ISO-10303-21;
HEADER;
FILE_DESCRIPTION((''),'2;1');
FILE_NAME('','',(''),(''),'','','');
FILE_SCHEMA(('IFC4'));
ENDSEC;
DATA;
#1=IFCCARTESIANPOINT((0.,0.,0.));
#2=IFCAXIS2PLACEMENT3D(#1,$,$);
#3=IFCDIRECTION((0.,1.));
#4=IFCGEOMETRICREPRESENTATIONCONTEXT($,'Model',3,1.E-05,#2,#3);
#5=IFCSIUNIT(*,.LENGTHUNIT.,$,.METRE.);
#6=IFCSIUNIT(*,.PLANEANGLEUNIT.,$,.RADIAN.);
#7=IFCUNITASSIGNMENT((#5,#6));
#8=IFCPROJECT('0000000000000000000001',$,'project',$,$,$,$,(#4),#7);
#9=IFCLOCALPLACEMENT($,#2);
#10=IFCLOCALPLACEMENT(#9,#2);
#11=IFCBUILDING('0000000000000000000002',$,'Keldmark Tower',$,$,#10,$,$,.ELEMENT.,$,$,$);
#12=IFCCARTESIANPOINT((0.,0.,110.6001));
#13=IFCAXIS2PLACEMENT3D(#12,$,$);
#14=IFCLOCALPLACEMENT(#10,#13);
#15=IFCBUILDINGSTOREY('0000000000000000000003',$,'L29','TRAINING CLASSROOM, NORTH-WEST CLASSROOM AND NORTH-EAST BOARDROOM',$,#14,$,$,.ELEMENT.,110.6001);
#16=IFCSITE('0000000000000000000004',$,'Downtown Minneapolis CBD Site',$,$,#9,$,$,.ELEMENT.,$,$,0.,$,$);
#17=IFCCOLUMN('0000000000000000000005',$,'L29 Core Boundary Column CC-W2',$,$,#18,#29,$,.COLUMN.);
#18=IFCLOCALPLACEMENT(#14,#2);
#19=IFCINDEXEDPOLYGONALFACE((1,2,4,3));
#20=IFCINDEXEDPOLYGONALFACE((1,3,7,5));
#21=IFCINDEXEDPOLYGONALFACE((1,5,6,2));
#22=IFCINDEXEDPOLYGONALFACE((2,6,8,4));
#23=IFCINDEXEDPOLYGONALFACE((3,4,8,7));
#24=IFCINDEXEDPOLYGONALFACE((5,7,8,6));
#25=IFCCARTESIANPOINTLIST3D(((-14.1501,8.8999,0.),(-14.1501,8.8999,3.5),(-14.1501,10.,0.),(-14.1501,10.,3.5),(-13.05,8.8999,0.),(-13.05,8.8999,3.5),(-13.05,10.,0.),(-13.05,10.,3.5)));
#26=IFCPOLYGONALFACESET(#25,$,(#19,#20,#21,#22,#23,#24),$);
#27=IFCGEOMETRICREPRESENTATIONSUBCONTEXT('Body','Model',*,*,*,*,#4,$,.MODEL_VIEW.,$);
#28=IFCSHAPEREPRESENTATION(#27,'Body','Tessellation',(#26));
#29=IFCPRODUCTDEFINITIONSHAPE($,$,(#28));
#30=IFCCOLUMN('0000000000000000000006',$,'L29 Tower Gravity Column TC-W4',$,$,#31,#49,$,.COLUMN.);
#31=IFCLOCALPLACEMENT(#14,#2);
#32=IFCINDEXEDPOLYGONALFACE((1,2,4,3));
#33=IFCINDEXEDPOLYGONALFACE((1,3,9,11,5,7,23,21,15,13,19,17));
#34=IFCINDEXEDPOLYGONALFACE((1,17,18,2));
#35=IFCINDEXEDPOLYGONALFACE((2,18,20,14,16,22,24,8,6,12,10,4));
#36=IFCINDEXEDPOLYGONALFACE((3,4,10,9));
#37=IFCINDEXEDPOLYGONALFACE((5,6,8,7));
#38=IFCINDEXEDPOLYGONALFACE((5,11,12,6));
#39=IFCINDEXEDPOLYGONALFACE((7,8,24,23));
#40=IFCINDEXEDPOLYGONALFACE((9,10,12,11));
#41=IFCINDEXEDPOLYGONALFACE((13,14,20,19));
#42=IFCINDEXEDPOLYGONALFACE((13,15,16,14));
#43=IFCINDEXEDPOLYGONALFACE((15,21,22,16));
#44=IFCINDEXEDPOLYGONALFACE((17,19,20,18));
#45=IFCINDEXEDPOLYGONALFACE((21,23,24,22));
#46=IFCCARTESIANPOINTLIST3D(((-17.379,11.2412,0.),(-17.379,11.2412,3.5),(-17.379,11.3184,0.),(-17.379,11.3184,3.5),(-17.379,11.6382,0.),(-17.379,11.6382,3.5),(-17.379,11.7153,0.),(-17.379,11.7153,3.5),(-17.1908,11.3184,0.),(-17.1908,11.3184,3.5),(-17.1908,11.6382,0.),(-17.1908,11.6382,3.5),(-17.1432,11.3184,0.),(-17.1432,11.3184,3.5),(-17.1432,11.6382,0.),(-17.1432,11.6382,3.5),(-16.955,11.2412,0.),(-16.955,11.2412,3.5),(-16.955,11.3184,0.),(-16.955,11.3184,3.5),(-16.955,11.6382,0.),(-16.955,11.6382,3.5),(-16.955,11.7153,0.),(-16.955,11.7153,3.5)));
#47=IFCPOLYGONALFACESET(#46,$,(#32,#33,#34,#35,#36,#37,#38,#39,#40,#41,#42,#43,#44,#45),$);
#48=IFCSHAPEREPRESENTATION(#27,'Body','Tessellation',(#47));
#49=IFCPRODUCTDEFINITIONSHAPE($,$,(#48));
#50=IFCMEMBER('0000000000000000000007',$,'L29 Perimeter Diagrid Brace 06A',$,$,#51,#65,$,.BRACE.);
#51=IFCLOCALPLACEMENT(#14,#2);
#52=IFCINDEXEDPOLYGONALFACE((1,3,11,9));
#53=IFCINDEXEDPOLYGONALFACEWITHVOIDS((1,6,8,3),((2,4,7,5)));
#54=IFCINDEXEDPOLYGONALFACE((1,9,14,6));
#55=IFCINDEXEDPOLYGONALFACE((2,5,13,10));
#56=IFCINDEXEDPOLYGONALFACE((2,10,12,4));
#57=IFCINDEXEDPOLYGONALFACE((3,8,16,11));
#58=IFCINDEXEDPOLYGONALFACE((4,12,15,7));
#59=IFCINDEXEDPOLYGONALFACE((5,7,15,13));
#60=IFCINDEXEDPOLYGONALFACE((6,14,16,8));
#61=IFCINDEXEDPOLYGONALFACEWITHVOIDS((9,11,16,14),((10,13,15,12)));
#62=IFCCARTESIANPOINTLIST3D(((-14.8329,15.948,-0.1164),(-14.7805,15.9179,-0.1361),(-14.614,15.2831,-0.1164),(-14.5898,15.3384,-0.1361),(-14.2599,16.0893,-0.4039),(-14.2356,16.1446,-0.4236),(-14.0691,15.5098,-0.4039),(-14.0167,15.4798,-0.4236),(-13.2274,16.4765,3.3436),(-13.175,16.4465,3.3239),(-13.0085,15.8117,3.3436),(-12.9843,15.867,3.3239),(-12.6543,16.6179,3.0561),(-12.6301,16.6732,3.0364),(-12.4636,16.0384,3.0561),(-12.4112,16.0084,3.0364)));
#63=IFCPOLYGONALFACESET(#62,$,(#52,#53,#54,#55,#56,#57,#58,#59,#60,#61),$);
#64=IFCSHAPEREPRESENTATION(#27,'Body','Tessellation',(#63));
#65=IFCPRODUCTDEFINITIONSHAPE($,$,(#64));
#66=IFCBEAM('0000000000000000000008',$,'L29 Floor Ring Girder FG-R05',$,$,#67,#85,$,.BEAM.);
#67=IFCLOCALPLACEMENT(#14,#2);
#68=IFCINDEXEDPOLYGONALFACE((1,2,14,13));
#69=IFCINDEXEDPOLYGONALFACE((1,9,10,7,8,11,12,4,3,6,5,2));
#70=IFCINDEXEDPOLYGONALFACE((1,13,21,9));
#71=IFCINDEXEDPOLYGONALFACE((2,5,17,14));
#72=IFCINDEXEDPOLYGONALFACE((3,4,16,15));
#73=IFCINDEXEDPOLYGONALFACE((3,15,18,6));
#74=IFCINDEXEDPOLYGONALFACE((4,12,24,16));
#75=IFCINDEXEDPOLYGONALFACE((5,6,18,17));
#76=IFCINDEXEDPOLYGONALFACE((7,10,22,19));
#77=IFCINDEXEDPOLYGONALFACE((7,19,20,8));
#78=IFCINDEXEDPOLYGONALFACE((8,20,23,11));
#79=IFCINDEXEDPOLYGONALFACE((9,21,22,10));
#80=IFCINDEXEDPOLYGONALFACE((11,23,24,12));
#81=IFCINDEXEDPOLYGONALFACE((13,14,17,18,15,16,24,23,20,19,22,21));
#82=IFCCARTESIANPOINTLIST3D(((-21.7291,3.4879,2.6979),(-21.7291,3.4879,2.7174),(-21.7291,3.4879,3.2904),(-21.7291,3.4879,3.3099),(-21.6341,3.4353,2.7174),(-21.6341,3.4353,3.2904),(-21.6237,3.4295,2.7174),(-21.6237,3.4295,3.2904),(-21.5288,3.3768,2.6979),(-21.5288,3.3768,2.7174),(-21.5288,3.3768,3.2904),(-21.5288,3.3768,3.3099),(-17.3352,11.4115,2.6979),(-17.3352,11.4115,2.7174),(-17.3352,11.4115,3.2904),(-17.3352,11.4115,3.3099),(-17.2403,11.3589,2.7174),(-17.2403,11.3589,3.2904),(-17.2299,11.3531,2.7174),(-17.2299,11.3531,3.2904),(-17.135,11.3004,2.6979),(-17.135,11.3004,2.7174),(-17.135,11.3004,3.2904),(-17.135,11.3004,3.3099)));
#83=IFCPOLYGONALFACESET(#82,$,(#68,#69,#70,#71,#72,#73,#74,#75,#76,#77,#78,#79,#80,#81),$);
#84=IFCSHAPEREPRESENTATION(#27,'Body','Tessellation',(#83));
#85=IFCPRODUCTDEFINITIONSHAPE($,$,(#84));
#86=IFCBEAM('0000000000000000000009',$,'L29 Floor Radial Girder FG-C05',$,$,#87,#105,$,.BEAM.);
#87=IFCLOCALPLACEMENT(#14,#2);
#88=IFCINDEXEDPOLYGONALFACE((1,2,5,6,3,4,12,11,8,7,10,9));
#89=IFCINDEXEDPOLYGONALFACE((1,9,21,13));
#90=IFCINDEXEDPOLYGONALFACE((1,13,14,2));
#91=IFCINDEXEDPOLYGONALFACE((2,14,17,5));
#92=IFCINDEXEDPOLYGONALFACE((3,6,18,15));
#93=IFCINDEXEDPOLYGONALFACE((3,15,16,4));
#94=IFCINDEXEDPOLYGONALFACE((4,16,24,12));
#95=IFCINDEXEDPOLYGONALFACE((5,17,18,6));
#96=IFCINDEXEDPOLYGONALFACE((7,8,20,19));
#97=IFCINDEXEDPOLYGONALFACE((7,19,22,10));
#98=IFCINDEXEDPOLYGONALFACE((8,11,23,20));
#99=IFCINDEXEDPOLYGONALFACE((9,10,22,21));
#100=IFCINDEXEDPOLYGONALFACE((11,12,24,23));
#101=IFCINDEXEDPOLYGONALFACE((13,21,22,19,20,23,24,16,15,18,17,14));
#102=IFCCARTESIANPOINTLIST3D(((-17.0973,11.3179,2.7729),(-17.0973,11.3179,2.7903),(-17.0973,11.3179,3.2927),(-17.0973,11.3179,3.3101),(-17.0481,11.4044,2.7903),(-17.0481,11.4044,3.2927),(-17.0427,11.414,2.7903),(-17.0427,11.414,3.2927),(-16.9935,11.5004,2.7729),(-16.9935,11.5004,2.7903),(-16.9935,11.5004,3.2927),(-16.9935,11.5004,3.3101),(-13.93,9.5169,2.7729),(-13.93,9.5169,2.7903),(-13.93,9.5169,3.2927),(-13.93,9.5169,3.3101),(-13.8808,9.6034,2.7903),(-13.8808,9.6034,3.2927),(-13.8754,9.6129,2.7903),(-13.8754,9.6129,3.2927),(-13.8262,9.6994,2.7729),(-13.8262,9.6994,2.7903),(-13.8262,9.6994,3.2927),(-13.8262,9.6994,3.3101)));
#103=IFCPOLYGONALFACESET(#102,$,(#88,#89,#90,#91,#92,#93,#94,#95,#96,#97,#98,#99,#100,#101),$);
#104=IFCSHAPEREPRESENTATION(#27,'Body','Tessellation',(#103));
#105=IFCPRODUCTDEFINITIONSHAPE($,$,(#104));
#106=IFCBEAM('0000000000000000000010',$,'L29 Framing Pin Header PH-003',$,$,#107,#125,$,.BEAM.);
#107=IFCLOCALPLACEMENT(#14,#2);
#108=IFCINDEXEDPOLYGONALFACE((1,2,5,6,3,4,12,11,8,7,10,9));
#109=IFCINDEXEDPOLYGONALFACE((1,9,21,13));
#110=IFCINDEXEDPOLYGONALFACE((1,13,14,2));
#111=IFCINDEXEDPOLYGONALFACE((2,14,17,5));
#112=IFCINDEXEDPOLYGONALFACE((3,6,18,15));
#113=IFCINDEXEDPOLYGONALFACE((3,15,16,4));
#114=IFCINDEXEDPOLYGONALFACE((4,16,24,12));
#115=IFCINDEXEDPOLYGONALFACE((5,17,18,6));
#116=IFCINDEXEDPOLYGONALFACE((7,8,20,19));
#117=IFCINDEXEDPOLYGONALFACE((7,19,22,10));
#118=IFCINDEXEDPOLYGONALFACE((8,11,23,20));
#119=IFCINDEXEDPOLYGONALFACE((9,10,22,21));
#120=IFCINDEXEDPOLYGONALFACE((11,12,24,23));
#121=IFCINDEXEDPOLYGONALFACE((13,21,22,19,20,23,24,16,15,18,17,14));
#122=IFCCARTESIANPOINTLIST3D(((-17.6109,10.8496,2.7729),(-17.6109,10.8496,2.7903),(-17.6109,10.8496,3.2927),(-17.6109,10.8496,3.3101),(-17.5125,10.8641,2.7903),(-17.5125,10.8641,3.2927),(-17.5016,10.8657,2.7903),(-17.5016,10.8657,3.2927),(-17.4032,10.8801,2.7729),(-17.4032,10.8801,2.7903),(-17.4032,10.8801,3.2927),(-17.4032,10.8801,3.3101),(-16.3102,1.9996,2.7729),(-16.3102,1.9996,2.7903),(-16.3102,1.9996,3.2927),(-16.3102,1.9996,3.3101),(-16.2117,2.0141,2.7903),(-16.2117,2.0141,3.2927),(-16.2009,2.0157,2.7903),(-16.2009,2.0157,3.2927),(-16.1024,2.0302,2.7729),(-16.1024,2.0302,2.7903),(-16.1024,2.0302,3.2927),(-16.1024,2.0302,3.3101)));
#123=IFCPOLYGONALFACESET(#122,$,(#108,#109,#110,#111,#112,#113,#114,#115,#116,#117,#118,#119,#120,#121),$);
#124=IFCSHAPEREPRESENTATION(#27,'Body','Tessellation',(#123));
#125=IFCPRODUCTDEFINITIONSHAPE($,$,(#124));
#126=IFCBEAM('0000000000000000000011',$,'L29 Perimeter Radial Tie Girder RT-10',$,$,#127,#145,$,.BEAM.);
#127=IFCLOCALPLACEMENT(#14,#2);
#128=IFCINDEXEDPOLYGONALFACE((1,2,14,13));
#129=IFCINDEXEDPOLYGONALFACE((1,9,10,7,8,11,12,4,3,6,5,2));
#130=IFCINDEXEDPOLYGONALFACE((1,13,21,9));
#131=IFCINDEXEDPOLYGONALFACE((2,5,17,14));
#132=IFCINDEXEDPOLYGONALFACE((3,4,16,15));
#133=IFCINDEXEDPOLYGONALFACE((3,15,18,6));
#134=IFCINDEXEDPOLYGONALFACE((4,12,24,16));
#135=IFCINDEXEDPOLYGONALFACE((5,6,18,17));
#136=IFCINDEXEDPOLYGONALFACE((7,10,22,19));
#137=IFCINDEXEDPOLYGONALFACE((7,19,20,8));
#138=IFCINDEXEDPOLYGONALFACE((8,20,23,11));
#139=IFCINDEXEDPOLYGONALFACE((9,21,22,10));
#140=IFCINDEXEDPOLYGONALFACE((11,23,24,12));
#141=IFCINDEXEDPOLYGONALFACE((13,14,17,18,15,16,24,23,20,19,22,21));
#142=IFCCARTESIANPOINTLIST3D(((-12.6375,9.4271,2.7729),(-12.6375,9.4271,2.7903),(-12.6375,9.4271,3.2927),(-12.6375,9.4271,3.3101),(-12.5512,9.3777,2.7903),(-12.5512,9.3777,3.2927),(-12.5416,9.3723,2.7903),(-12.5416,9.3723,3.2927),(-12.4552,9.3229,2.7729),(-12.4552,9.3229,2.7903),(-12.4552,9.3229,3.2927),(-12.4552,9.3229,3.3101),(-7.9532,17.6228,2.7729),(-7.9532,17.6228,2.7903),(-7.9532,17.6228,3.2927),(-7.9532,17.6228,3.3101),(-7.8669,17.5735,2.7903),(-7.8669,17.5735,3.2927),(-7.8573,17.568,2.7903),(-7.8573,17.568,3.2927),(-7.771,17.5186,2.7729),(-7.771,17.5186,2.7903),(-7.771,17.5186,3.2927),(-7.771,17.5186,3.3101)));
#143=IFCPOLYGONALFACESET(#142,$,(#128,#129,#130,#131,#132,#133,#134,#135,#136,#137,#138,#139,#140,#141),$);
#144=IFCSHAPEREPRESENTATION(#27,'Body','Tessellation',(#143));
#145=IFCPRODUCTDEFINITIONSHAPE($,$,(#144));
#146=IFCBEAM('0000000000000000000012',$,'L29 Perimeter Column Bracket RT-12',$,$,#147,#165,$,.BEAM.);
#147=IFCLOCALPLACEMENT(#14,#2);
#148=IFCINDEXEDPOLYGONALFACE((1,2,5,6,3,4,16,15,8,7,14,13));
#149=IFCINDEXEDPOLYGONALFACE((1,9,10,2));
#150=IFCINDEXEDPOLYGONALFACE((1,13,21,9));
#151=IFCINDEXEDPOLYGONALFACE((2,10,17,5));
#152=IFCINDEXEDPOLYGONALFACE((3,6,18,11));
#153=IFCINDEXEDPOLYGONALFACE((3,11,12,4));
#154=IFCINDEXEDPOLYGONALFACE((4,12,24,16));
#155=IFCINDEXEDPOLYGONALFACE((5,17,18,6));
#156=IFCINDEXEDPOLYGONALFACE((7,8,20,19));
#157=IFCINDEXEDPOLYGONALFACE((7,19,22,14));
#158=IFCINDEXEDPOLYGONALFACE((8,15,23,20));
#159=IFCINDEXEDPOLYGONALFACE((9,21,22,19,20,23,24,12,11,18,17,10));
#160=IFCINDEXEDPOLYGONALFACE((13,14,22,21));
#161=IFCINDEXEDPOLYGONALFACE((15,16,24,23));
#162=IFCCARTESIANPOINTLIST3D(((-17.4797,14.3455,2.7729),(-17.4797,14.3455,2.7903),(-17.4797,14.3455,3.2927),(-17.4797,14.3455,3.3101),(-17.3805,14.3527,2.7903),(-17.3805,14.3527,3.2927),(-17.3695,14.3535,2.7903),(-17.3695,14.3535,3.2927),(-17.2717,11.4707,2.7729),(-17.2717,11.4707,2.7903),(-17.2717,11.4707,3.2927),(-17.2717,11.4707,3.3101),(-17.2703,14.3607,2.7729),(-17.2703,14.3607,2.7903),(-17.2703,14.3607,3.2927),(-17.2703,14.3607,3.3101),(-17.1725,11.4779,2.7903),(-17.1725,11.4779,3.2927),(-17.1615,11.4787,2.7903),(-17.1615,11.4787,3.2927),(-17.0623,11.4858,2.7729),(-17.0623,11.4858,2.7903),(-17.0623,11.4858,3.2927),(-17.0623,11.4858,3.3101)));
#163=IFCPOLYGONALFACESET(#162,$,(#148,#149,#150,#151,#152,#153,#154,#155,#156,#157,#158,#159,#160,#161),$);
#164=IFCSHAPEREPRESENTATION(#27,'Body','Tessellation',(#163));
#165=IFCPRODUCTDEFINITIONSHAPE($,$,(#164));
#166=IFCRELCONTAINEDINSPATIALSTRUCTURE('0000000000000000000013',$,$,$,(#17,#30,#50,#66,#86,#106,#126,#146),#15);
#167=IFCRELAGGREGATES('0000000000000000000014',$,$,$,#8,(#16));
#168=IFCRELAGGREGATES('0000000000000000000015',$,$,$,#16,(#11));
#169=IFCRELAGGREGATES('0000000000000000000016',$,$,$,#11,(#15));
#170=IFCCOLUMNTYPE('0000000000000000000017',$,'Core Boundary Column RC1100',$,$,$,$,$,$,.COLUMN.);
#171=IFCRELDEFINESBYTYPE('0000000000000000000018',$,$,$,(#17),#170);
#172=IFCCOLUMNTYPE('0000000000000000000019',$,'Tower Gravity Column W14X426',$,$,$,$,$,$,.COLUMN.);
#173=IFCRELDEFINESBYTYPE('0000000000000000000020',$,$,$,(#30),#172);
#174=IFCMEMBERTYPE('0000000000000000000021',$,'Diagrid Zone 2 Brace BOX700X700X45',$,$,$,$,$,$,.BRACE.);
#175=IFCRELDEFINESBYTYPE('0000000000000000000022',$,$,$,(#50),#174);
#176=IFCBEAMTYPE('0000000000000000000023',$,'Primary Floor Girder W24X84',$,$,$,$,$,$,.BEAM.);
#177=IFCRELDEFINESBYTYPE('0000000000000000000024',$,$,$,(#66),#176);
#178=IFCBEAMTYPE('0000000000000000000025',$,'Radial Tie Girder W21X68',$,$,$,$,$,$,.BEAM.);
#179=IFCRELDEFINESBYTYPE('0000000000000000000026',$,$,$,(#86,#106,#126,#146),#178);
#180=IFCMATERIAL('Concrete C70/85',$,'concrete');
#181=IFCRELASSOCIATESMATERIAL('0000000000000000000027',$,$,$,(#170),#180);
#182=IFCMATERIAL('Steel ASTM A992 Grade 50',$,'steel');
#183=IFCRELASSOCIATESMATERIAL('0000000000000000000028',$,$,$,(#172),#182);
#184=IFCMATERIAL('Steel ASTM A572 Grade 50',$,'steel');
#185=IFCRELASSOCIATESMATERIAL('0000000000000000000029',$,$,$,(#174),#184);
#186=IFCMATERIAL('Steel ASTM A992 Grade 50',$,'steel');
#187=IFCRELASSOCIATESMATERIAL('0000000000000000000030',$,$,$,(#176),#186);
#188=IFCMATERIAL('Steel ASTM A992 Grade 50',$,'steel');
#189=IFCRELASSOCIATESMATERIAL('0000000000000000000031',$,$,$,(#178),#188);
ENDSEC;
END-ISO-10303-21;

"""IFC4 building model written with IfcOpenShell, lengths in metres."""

from ifc_helpers import new_model, si_unit, direction, frame, origin, origin_2d, place, context, subcontext, project, spatial, rectangle, hollow_rectangle, i_section, extrude, material, material_profile, profile_set, type_object, element, save


model = new_model("IFC4")

# Units and contexts
model_context = context("Model", 3, precision=1e-05, world=origin(), true_north=direction((0.0, 1.0)))
body_context = subcontext(model_context, "Body", "Model", "MODEL_VIEW")
ifc_project = project(units=[si_unit("LENGTHUNIT", "METRE"), si_unit("PLANEANGLEUNIT", "RADIAN")], contexts=[model_context])

# Site, building, storey
site_placement = place(None, origin())
site = spatial("IfcSite", under=ifc_project, at=site_placement, Name="Downtown Minneapolis CBD Site", CompositionType="ELEMENT", RefElevation=0.0)
building_placement = place(site_placement, origin())
building = spatial("IfcBuilding", under=site, at=building_placement, Name="Keldmark Tower", CompositionType="ELEMENT")
storey_placement = place(building_placement, frame((0.0, 0.0, 110.6001)))
storey = spatial("IfcBuildingStorey", under=building, at=storey_placement, Name="L29", Description="TRAINING CLASSROOM, NORTH-WEST CLASSROOM AND NORTH-EAST BOARDROOM", CompositionType="ELEMENT", Elevation=110.6001)

# Columns
ifc_material_1 = material(Name="Concrete C70/85", Category="concrete")
ifc_material_profile_1 = material_profile(ifc_material_1, rectangle(XDim=1.1001, YDim=1.1001, at=origin_2d()), Name="RC1100X1100")
ifc_profile_set_1 = profile_set([ifc_material_profile_1], Name="Concrete C70/85")
column_type_1 = type_object("IfcColumnType", Name="Core Boundary Column RC1100", PredefinedType="COLUMN", material=ifc_profile_set_1)
column_1_placement = place(storey_placement, frame((-13.6001, 9.45, 0.0), z_axis=(0.0, 0.0, 1.0), x_axis=(1.0, 0.0, 0.0)))
element("IfcColumn", 1, at=column_1_placement, inside=storey, type_object=column_type_1, Name="L29 Core Boundary Column CC-W2", PredefinedType="COLUMN", context=body_context, shape_type="SweptSolid", body=[
    extrude(rectangle(XDim=1.1001, YDim=1.1001, at=origin_2d()), origin(), (0.0, 0.0, 1.0), 3.5),
])
ifc_material_2 = material(Name="Steel ASTM A992 Grade 50", Category="steel")
ifc_material_profile_2 = material_profile(ifc_material_2, i_section(OverallWidth=0.4241, OverallDepth=0.4741, WebThickness=0.0476, FlangeThickness=0.0771, at=origin_2d()), Name="W14X426")
ifc_profile_set_2 = profile_set([ifc_material_profile_2], Name="Steel ASTM A992 Grade 50")
column_type_2 = type_object("IfcColumnType", Name="Tower Gravity Column W14X426", PredefinedType="COLUMN", material=ifc_profile_set_2)
column_2_placement = place(storey_placement, frame((-17.167, 11.4783, 0.0), z_axis=(0.0, 0.0, 1.0), x_axis=(1.0, 0.0, 0.0)))
element("IfcColumn", 2, at=column_2_placement, inside=storey, type_object=column_type_2, Name="L29 Tower Gravity Column TC-W4", PredefinedType="COLUMN", context=body_context, shape_type="SweptSolid", body=[
    extrude(i_section(OverallWidth=0.4241, OverallDepth=0.4741, WebThickness=0.0476, FlangeThickness=0.0771, at=origin_2d()), origin(), (0.0, 0.0, 1.0), 3.5),
])

# Member
ifc_material_3 = material(Name="Steel ASTM A572 Grade 50", Category="steel")
ifc_material_profile_3 = material_profile(ifc_material_3, hollow_rectangle(XDim=0.7, YDim=0.7, WallThickness=0.0449, at=origin_2d()), Name="BOX700X700X45")
ifc_profile_set_3 = profile_set([ifc_material_profile_3], Name="Steel ASTM A572 Grade 50")
member_type = type_object("IfcMemberType", Name="Diagrid Zone 2 Brace BOX700X700X45", PredefinedType="BRACE", material=ifc_profile_set_3)
member_placement = place(storey_placement, frame((-14.4248, 15.7139, -0.27), z_axis=(0.416924, 0.137263, 0.898517), x_axis=(-0.312716, 0.949847, 0.0)))
element("IfcMember", 3, at=member_placement, inside=storey, type_object=member_type, Name="L29 Perimeter Diagrid Brace 06A", PredefinedType="BRACE", context=body_context, shape_type="SweptSolid", body=[
    extrude(hollow_rectangle(XDim=0.7, YDim=0.7, WallThickness=0.0449, at=origin_2d()), origin(), (0.0, 0.0, 1.0), 3.8508),
])

# Beams
ifc_material_4 = material(Name="Steel ASTM A992 Grade 50", Category="steel")
ifc_material_profile_4 = material_profile(ifc_material_4, i_section(OverallWidth=0.229, OverallDepth=0.6121, WebThickness=0.012, FlangeThickness=0.0195, at=origin_2d()), Name="W24X84")
ifc_profile_set_4 = profile_set([ifc_material_profile_4], Name="Steel ASTM A992 Grade 50")
beam_type_1 = type_object("IfcBeamType", Name="Primary Floor Girder W24X84", PredefinedType="BEAM", material=ifc_profile_set_4)
beam_1_placement = place(storey_placement, frame((-17.2351, 11.356, 3.0039), z_axis=(-0.484952, -0.874541, 0.0), x_axis=(0.874541, -0.484952, 0.0)))
element("IfcBeam", 4, at=beam_1_placement, inside=storey, type_object=beam_type_1, Name="L29 Floor Ring Girder FG-R05", PredefinedType="BEAM", context=body_context, shape_type="SweptSolid", body=[
    extrude(i_section(OverallWidth=0.229, OverallDepth=0.6121, WebThickness=0.012, FlangeThickness=0.0195, at=origin_2d()), origin(), (0.0, 0.0, 1.0), 9.0603),
])
ifc_material_5 = material(Name="Steel ASTM A992 Grade 50", Category="steel")
ifc_material_profile_5 = material_profile(ifc_material_5, i_section(OverallWidth=0.21, OverallDepth=0.5371, WebThickness=0.011, FlangeThickness=0.0173, at=origin_2d()), Name="W21X68")
ifc_profile_set_5 = profile_set([ifc_material_profile_5], Name="Steel ASTM A992 Grade 50")
beam_type_2 = type_object("IfcBeamType", Name="Radial Tie Girder W21X68", PredefinedType="BEAM", material=ifc_profile_set_5)
beam_2_placement = place(storey_placement, frame((-17.0454, 11.4092, 3.0415), z_axis=(0.869284, -0.494312, 0.0), x_axis=(0.494312, 0.869284, 0.0)))
element("IfcBeam", 5, at=beam_2_placement, inside=storey, type_object=beam_type_2, Name="L29 Floor Radial Girder FG-C05", PredefinedType="BEAM", context=body_context, shape_type="SweptSolid", body=[
    extrude(i_section(OverallWidth=0.21, OverallDepth=0.5371, WebThickness=0.011, FlangeThickness=0.0173, at=origin_2d()), origin(), (0.0, 0.0, 1.0), 3.6436),
])
beam_3_placement = place(storey_placement, frame((-16.2063, 2.0149, 3.0415), z_axis=(-0.145417, 0.98937, 0.0), x_axis=(-0.98937, -0.145417, 0.0)))
element("IfcBeam", 6, at=beam_3_placement, inside=storey, type_object=beam_type_2, Name="L29 Framing Pin Header PH-003", PredefinedType="BEAM", context=body_context, shape_type="SweptSolid", body=[
    extrude(i_section(OverallWidth=0.21, OverallDepth=0.5371, WebThickness=0.011, FlangeThickness=0.0173, at=origin_2d()), origin(), (0.0, 0.0, 1.0), 8.9451),
])
beam_4_placement = place(storey_placement, frame((-12.5464, 9.375, 3.0415), z_axis=(0.49622, 0.868197, 0.0), x_axis=(-0.868197, 0.49622, 0.0)))
element("IfcBeam", 7, at=beam_4_placement, inside=storey, type_object=beam_type_2, Name="L29 Perimeter Radial Tie Girder RT-10", PredefinedType="BEAM", context=body_context, shape_type="SweptSolid", body=[
    extrude(i_section(OverallWidth=0.21, OverallDepth=0.5371, WebThickness=0.011, FlangeThickness=0.0173, at=origin_2d()), origin(), (0.0, 0.0, 1.0), 9.4399),
])
beam_5_placement = place(storey_placement, frame((-17.167, 11.4783, 3.0415), z_axis=(-0.072168, 0.997392, 0.0), x_axis=(-0.997392, -0.072168, 0.0)))
element("IfcBeam", 8, at=beam_5_placement, inside=storey, type_object=beam_type_2, Name="L29 Perimeter Column Bracket RT-12", PredefinedType="BEAM", context=body_context, shape_type="SweptSolid", body=[
    extrude(i_section(OverallWidth=0.21, OverallDepth=0.5371, WebThickness=0.011, FlangeThickness=0.0173, at=origin_2d()), origin(), (0.0, 0.0, 1.0), 2.8823),
])

save(model, "model.ifc")
